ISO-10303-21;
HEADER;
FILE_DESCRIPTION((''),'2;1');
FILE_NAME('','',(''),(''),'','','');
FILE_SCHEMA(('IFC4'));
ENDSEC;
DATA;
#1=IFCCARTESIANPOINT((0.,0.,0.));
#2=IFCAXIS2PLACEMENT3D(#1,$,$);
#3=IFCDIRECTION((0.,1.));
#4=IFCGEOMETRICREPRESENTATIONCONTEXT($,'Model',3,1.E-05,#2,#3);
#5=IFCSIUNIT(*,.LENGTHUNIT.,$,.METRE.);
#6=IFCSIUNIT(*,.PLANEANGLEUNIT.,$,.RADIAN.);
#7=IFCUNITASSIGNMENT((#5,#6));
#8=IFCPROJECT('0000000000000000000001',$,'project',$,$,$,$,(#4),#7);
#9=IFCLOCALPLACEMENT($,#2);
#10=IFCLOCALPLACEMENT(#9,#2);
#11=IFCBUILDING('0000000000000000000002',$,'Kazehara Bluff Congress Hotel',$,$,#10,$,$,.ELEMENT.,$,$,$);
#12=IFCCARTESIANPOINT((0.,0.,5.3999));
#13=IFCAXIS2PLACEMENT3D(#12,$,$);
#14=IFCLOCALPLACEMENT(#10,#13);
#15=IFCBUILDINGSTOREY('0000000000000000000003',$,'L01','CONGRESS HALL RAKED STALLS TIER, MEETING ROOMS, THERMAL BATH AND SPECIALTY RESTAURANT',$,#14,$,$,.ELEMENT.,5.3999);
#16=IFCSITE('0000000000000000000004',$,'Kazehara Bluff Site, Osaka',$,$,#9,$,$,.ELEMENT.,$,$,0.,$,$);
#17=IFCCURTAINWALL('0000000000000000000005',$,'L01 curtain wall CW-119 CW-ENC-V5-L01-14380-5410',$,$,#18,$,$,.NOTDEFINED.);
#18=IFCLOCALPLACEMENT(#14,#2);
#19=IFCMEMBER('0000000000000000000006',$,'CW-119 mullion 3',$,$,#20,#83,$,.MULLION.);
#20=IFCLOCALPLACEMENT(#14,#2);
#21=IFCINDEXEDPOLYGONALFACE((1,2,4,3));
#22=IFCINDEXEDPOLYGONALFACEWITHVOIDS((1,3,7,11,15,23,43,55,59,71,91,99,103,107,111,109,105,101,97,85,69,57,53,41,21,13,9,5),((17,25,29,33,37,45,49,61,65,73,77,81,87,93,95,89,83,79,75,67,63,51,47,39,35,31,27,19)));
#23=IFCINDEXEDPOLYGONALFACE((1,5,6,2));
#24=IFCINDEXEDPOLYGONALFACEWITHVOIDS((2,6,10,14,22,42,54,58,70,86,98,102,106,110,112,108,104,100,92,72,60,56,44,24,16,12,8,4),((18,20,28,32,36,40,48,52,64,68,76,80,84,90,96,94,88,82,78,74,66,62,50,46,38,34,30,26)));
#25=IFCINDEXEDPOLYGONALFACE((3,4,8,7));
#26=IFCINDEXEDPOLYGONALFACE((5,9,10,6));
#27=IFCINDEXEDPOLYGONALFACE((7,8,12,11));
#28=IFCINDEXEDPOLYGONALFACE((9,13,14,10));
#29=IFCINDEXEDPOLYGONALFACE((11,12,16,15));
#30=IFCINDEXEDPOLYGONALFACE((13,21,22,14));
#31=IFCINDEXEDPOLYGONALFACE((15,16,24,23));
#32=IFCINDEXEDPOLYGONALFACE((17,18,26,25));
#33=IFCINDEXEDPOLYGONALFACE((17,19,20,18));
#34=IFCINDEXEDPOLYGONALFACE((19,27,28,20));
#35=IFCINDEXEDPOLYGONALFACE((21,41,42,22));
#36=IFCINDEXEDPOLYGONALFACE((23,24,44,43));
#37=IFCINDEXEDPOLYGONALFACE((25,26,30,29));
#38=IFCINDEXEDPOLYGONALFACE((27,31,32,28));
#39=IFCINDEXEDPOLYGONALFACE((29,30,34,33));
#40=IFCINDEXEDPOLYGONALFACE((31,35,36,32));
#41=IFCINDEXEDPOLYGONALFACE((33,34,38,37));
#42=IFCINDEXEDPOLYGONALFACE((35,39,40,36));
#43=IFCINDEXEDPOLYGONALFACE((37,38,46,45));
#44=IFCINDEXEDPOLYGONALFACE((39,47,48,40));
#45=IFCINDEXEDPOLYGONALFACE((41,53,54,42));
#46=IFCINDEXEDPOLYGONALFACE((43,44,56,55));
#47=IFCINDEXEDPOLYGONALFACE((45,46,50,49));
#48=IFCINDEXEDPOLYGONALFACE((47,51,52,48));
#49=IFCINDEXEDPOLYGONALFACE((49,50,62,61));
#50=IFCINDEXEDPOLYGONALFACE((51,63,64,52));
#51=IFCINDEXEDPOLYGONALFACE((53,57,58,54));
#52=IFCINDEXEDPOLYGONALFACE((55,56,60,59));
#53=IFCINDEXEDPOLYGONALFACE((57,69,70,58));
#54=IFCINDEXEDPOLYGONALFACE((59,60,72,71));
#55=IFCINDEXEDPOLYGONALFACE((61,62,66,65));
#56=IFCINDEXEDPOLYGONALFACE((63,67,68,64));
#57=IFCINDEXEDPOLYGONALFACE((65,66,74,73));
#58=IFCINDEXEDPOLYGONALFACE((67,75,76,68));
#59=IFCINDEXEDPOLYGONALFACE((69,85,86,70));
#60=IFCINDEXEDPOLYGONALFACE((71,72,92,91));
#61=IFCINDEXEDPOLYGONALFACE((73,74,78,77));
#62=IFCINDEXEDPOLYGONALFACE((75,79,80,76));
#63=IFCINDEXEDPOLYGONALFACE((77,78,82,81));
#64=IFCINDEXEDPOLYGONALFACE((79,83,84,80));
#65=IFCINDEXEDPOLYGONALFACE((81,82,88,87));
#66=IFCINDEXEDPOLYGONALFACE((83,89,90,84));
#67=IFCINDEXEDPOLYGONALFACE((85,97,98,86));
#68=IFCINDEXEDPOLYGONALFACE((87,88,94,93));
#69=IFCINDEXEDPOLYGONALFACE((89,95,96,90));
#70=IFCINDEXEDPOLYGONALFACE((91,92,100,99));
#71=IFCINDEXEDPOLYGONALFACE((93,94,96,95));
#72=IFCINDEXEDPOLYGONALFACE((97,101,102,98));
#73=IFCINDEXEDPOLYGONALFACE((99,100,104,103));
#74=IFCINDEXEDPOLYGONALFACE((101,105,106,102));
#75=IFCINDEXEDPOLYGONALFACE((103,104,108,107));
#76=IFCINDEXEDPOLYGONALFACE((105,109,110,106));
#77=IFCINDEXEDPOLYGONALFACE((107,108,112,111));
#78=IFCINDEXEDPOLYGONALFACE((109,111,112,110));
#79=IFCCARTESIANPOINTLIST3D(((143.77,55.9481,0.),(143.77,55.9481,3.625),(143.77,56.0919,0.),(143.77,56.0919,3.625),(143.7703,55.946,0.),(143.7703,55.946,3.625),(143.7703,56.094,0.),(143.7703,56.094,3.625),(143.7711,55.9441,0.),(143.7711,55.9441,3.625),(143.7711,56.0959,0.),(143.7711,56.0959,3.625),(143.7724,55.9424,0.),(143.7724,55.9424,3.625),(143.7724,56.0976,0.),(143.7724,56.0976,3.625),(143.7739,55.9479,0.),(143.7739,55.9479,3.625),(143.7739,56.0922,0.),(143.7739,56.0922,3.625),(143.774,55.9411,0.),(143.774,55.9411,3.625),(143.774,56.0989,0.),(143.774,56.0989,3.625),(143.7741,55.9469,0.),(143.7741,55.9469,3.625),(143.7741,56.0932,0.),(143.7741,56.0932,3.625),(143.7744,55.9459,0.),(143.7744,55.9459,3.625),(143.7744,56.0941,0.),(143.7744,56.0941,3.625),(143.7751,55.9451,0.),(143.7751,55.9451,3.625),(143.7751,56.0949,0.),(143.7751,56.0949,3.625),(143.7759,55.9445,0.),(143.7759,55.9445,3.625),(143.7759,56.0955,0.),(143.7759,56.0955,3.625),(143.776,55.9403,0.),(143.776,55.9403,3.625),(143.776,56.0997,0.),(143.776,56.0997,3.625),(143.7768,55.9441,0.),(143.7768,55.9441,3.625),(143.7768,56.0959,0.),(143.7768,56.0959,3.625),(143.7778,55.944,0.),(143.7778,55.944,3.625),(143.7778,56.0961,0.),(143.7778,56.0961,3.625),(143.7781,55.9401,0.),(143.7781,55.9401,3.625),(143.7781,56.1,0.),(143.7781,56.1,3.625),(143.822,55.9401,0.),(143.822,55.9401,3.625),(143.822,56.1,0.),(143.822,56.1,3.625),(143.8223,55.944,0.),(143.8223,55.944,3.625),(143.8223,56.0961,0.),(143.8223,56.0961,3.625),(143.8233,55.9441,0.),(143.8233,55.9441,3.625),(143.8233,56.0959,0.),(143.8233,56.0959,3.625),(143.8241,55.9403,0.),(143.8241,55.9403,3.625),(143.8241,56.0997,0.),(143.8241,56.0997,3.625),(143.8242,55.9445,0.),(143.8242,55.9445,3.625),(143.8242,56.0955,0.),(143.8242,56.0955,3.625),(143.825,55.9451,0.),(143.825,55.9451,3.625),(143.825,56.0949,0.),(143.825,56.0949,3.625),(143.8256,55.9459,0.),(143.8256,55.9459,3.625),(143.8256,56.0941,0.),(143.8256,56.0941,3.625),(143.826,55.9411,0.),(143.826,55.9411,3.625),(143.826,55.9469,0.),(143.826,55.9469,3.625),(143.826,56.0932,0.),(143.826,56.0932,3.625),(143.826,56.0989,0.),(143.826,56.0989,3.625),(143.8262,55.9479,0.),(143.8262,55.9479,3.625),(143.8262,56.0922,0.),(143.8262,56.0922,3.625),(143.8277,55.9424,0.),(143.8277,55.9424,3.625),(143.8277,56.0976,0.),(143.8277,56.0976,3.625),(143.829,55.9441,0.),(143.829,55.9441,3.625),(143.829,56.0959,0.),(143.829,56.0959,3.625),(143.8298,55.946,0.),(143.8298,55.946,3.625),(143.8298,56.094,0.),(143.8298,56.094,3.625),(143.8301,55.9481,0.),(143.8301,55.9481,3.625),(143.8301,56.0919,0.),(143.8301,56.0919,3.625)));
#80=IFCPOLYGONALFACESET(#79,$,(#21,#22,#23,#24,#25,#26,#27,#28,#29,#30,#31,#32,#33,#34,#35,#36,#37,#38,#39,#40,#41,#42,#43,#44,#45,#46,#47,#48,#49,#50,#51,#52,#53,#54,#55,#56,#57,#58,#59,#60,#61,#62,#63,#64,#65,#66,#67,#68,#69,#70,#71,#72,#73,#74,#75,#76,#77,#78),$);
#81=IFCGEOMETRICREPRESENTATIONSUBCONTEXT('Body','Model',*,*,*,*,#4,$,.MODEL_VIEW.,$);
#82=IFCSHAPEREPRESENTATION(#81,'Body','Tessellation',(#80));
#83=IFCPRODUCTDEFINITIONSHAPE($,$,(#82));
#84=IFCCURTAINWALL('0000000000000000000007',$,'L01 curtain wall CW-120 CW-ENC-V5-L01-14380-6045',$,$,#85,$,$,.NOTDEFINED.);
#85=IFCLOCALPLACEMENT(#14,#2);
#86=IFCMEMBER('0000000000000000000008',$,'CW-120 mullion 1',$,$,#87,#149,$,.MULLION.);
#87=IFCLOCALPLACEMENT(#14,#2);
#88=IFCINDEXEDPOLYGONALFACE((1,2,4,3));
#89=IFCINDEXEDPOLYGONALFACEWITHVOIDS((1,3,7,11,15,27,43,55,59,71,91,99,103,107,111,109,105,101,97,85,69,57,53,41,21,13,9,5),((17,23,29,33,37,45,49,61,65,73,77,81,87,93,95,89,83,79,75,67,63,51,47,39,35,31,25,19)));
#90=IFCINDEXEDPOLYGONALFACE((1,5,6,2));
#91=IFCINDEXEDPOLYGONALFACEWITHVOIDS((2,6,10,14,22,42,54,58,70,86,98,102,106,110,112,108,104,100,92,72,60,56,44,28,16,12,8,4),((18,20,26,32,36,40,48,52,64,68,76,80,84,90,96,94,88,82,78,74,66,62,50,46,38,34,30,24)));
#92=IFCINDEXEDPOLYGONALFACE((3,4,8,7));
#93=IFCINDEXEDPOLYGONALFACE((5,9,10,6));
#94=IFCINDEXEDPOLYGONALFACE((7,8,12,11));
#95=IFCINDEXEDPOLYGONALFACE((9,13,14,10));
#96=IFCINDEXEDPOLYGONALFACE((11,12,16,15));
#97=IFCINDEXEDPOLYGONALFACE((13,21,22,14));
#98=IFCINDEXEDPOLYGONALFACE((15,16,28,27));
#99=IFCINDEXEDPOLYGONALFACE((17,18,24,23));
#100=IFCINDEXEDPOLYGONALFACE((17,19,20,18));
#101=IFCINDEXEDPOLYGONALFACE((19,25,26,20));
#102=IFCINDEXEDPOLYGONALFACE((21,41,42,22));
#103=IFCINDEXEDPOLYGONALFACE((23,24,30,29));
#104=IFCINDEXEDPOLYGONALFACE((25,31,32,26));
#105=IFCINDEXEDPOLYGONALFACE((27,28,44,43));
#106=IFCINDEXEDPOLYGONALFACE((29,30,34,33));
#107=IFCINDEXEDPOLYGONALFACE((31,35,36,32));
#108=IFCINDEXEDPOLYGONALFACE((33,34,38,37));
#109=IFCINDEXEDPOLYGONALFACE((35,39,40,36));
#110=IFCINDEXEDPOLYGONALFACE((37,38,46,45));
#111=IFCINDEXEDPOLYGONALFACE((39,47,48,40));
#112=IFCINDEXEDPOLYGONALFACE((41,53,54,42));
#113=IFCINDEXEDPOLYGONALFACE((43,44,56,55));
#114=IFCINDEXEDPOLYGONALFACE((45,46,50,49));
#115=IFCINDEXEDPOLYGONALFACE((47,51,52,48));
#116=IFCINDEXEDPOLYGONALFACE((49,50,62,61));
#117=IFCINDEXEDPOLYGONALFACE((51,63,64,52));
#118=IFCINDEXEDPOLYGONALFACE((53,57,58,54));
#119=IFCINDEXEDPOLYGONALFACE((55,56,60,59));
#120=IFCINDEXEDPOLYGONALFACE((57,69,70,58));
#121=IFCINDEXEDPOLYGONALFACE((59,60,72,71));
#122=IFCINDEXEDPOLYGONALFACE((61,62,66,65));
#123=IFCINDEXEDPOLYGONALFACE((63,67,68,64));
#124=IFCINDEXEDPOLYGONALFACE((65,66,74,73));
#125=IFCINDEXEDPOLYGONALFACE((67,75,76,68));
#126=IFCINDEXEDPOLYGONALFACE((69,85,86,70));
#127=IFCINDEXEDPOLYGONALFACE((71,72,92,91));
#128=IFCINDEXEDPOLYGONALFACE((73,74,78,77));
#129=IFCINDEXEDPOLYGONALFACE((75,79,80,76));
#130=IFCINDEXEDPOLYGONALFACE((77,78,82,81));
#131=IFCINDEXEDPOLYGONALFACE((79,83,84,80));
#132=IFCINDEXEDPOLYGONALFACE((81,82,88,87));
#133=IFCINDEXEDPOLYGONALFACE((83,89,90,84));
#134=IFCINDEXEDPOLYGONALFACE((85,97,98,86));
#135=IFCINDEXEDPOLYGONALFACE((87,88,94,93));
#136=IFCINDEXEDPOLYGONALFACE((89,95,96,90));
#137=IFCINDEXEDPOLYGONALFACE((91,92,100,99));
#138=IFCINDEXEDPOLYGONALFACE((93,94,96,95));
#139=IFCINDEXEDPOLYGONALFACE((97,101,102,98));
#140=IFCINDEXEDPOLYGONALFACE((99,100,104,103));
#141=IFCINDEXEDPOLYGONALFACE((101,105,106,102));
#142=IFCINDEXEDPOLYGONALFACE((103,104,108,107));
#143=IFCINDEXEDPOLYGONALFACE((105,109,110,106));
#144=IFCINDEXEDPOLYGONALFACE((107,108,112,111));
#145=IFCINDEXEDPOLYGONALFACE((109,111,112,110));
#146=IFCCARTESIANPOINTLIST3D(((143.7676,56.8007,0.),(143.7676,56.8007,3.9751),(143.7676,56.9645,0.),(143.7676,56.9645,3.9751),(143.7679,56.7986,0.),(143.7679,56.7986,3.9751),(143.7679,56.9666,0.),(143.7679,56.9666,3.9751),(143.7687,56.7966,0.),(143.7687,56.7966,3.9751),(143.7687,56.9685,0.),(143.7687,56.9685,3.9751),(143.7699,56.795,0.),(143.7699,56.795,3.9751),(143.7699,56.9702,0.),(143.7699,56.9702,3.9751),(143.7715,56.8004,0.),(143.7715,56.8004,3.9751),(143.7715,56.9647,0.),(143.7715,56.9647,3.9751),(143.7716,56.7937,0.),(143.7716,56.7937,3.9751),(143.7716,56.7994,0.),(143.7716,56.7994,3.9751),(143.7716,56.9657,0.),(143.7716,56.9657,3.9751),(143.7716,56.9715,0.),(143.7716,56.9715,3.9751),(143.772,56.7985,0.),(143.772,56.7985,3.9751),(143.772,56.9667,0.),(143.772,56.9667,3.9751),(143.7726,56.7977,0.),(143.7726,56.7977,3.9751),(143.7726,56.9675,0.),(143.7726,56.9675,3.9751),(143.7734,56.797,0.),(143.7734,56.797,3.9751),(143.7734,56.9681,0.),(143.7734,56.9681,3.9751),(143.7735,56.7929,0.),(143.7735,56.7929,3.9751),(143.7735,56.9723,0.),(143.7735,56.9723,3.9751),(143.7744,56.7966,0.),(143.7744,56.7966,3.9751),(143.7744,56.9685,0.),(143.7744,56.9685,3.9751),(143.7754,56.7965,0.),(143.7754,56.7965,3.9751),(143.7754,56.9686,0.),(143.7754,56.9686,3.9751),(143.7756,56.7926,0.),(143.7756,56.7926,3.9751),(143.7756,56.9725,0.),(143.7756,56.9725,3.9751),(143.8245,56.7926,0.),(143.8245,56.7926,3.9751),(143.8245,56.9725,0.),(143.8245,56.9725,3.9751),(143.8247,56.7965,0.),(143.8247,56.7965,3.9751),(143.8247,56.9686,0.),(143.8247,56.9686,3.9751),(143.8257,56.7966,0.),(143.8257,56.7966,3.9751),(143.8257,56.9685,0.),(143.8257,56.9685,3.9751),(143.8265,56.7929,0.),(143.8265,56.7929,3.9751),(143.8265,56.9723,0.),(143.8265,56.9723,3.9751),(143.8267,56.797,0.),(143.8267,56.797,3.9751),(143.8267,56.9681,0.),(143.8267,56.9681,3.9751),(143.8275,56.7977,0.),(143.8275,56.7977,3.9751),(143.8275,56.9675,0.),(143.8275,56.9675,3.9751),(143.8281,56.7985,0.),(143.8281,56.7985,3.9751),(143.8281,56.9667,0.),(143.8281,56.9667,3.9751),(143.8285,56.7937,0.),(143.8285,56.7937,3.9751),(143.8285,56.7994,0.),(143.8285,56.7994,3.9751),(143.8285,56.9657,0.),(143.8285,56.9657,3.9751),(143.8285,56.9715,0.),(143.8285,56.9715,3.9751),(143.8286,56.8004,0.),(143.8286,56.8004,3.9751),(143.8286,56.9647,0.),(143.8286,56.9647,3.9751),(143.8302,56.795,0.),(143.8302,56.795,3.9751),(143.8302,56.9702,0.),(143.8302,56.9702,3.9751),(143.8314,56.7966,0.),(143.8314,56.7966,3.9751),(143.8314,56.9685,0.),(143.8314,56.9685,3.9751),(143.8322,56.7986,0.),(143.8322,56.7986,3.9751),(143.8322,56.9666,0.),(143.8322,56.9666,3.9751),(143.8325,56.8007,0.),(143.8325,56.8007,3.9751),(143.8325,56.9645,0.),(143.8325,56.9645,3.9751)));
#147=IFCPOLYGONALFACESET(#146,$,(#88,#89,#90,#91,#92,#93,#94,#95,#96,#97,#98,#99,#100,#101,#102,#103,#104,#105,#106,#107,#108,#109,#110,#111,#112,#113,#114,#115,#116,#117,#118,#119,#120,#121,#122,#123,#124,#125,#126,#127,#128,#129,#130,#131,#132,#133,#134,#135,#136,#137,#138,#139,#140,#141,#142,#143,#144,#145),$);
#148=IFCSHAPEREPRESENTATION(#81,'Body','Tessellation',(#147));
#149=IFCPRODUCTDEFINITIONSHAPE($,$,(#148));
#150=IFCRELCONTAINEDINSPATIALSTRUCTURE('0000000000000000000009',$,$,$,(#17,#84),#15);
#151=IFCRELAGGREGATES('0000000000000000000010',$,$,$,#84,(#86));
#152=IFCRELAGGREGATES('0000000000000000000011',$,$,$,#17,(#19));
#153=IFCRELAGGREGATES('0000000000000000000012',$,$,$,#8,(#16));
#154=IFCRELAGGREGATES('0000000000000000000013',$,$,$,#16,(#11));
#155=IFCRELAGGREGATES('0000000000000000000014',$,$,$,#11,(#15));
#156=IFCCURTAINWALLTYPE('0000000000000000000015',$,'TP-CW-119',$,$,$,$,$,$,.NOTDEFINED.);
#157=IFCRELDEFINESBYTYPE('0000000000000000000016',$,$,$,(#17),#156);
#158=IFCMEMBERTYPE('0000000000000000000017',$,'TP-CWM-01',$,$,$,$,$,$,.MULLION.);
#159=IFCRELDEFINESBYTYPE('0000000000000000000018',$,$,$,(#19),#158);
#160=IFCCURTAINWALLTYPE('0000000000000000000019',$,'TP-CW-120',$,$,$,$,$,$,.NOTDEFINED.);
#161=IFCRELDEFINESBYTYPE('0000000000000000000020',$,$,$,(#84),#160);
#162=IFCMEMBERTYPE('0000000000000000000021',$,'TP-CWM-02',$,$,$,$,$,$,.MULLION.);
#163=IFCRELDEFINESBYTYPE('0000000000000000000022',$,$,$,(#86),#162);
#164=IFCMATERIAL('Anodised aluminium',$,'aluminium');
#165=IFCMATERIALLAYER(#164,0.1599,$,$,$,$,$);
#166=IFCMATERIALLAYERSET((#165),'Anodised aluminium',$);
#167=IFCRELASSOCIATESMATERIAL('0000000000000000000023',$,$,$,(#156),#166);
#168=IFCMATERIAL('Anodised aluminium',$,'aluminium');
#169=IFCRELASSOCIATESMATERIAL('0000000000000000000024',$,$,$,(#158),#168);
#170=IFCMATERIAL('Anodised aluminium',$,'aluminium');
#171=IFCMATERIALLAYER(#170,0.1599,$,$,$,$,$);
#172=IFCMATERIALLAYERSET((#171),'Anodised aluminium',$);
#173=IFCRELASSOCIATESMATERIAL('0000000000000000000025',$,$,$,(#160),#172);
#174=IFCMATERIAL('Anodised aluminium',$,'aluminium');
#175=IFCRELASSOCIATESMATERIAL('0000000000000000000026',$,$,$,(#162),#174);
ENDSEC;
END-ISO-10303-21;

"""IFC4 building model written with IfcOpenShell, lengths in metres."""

from ifc_helpers import new_model, si_unit, direction, frame, origin, origin_2d, place, context, subcontext, project, spatial, hollow_rectangle, extrude, material, layer, layer_set, material_profile, profile_set, type_object, element, aggregate, save


model = new_model("IFC4")

# Units and contexts
model_context = context("Model", 3, precision=1e-05, world=origin(), true_north=direction((0.0, 1.0)))
body_context = subcontext(model_context, "Body", "Model", "MODEL_VIEW")
ifc_project = project(units=[si_unit("LENGTHUNIT", "METRE"), si_unit("PLANEANGLEUNIT", "RADIAN")], contexts=[model_context])

# Site, building, storey
site_placement = place(None, origin())
site = spatial("IfcSite", under=ifc_project, at=site_placement, Name="Kazehara Bluff Site, Osaka", CompositionType="ELEMENT", RefElevation=0.0)
building_placement = place(site_placement, origin())
building = spatial("IfcBuilding", under=site, at=building_placement, Name="Kazehara Bluff Congress Hotel", CompositionType="ELEMENT")
storey_placement = place(building_placement, frame((0.0, 0.0, 5.3999)))
storey = spatial("IfcBuildingStorey", under=building, at=storey_placement, Name="L01", Description="CONGRESS HALL RAKED STALLS TIER, MEETING ROOMS, THERMAL BATH AND SPECIALTY RESTAURANT", CompositionType="ELEMENT", Elevation=5.3999)

# Curtain walls, members
ifc_material_1 = material(Name="Anodised aluminium", Category="aluminium")
ifc_layer_1 = layer(ifc_material_1, 0.1599)
ifc_layer_set_1 = layer_set([ifc_layer_1], Name="Anodised aluminium")
curtain_wall_type_1 = type_object("IfcCurtainWallType", Name="TP-CW-119", PredefinedType="NOTDEFINED", material=ifc_layer_set_1)
curtain_wall_1_placement = place(storey_placement, origin())
curtain_wall_1 = element("IfcCurtainWall", 1, at=curtain_wall_1_placement, inside=storey, type_object=curtain_wall_type_1, Name="L01 curtain wall CW-119 CW-ENC-V5-L01-14380-5410", PredefinedType="NOTDEFINED")
ifc_material_2 = material(Name="Anodised aluminium", Category="aluminium")
ifc_material_profile_1 = material_profile(ifc_material_2, hollow_rectangle(XDim=0.0601, YDim=0.1599, WallThickness=0.0039, InnerFilletRadius=0.0039, OuterFilletRadius=0.0081, at=origin_2d()))
ifc_profile_set_1 = profile_set([ifc_material_profile_1], Name="Anodised aluminium")
member_type_1 = type_object("IfcMemberType", Name="TP-CWM-01", PredefinedType="MULLION", material=ifc_profile_set_1)
member_1_placement = place(storey_placement, frame((143.8, 56.02, 0.0), z_axis=(0.0, 0.0, 1.0), x_axis=(-1.0, 0.0, 0.0)))
member_1 = element("IfcMember", 2, at=member_1_placement, type_object=member_type_1, Name="CW-119 mullion 3", PredefinedType="MULLION", context=body_context, shape_type="SweptSolid", body=[
    extrude(hollow_rectangle(XDim=0.0601, YDim=0.1599, WallThickness=0.0039, InnerFilletRadius=0.0039, OuterFilletRadius=0.0081, at=origin_2d()), origin(), (0.0, 0.0, 1.0), 3.625),
])
ifc_material_3 = material(Name="Anodised aluminium", Category="aluminium")
ifc_layer_2 = layer(ifc_material_3, 0.1599)
ifc_layer_set_2 = layer_set([ifc_layer_2], Name="Anodised aluminium")
curtain_wall_type_2 = type_object("IfcCurtainWallType", Name="TP-CW-120", PredefinedType="NOTDEFINED", material=ifc_layer_set_2)
curtain_wall_2_placement = place(storey_placement, origin())
curtain_wall_2 = element("IfcCurtainWall", 3, at=curtain_wall_2_placement, inside=storey, type_object=curtain_wall_type_2, Name="L01 curtain wall CW-120 CW-ENC-V5-L01-14380-6045", PredefinedType="NOTDEFINED")
ifc_material_4 = material(Name="Anodised aluminium", Category="aluminium")
ifc_material_profile_2 = material_profile(ifc_material_4, hollow_rectangle(XDim=0.0649, YDim=0.1799, WallThickness=0.0039, InnerFilletRadius=0.0039, OuterFilletRadius=0.0081, at=origin_2d()))
ifc_profile_set_2 = profile_set([ifc_material_profile_2], Name="Anodised aluminium")
member_type_2 = type_object("IfcMemberType", Name="TP-CWM-02", PredefinedType="MULLION", material=ifc_profile_set_2)
member_2_placement = place(storey_placement, frame((143.8, 56.8826, 0.0), z_axis=(0.0, 0.0, 1.0), x_axis=(-1.0, 0.0, 0.0)))
member_2 = element("IfcMember", 4, at=member_2_placement, type_object=member_type_2, Name="CW-120 mullion 1", PredefinedType="MULLION", context=body_context, shape_type="SweptSolid", body=[
    extrude(hollow_rectangle(XDim=0.0649, YDim=0.1799, WallThickness=0.0039, InnerFilletRadius=0.0039, OuterFilletRadius=0.0081, at=origin_2d()), origin(), (0.0, 0.0, 1.0), 3.9751),
])

aggregate(curtain_wall_2, [member_2])
aggregate(curtain_wall_1, [member_1])

save(model, "model.ifc")
